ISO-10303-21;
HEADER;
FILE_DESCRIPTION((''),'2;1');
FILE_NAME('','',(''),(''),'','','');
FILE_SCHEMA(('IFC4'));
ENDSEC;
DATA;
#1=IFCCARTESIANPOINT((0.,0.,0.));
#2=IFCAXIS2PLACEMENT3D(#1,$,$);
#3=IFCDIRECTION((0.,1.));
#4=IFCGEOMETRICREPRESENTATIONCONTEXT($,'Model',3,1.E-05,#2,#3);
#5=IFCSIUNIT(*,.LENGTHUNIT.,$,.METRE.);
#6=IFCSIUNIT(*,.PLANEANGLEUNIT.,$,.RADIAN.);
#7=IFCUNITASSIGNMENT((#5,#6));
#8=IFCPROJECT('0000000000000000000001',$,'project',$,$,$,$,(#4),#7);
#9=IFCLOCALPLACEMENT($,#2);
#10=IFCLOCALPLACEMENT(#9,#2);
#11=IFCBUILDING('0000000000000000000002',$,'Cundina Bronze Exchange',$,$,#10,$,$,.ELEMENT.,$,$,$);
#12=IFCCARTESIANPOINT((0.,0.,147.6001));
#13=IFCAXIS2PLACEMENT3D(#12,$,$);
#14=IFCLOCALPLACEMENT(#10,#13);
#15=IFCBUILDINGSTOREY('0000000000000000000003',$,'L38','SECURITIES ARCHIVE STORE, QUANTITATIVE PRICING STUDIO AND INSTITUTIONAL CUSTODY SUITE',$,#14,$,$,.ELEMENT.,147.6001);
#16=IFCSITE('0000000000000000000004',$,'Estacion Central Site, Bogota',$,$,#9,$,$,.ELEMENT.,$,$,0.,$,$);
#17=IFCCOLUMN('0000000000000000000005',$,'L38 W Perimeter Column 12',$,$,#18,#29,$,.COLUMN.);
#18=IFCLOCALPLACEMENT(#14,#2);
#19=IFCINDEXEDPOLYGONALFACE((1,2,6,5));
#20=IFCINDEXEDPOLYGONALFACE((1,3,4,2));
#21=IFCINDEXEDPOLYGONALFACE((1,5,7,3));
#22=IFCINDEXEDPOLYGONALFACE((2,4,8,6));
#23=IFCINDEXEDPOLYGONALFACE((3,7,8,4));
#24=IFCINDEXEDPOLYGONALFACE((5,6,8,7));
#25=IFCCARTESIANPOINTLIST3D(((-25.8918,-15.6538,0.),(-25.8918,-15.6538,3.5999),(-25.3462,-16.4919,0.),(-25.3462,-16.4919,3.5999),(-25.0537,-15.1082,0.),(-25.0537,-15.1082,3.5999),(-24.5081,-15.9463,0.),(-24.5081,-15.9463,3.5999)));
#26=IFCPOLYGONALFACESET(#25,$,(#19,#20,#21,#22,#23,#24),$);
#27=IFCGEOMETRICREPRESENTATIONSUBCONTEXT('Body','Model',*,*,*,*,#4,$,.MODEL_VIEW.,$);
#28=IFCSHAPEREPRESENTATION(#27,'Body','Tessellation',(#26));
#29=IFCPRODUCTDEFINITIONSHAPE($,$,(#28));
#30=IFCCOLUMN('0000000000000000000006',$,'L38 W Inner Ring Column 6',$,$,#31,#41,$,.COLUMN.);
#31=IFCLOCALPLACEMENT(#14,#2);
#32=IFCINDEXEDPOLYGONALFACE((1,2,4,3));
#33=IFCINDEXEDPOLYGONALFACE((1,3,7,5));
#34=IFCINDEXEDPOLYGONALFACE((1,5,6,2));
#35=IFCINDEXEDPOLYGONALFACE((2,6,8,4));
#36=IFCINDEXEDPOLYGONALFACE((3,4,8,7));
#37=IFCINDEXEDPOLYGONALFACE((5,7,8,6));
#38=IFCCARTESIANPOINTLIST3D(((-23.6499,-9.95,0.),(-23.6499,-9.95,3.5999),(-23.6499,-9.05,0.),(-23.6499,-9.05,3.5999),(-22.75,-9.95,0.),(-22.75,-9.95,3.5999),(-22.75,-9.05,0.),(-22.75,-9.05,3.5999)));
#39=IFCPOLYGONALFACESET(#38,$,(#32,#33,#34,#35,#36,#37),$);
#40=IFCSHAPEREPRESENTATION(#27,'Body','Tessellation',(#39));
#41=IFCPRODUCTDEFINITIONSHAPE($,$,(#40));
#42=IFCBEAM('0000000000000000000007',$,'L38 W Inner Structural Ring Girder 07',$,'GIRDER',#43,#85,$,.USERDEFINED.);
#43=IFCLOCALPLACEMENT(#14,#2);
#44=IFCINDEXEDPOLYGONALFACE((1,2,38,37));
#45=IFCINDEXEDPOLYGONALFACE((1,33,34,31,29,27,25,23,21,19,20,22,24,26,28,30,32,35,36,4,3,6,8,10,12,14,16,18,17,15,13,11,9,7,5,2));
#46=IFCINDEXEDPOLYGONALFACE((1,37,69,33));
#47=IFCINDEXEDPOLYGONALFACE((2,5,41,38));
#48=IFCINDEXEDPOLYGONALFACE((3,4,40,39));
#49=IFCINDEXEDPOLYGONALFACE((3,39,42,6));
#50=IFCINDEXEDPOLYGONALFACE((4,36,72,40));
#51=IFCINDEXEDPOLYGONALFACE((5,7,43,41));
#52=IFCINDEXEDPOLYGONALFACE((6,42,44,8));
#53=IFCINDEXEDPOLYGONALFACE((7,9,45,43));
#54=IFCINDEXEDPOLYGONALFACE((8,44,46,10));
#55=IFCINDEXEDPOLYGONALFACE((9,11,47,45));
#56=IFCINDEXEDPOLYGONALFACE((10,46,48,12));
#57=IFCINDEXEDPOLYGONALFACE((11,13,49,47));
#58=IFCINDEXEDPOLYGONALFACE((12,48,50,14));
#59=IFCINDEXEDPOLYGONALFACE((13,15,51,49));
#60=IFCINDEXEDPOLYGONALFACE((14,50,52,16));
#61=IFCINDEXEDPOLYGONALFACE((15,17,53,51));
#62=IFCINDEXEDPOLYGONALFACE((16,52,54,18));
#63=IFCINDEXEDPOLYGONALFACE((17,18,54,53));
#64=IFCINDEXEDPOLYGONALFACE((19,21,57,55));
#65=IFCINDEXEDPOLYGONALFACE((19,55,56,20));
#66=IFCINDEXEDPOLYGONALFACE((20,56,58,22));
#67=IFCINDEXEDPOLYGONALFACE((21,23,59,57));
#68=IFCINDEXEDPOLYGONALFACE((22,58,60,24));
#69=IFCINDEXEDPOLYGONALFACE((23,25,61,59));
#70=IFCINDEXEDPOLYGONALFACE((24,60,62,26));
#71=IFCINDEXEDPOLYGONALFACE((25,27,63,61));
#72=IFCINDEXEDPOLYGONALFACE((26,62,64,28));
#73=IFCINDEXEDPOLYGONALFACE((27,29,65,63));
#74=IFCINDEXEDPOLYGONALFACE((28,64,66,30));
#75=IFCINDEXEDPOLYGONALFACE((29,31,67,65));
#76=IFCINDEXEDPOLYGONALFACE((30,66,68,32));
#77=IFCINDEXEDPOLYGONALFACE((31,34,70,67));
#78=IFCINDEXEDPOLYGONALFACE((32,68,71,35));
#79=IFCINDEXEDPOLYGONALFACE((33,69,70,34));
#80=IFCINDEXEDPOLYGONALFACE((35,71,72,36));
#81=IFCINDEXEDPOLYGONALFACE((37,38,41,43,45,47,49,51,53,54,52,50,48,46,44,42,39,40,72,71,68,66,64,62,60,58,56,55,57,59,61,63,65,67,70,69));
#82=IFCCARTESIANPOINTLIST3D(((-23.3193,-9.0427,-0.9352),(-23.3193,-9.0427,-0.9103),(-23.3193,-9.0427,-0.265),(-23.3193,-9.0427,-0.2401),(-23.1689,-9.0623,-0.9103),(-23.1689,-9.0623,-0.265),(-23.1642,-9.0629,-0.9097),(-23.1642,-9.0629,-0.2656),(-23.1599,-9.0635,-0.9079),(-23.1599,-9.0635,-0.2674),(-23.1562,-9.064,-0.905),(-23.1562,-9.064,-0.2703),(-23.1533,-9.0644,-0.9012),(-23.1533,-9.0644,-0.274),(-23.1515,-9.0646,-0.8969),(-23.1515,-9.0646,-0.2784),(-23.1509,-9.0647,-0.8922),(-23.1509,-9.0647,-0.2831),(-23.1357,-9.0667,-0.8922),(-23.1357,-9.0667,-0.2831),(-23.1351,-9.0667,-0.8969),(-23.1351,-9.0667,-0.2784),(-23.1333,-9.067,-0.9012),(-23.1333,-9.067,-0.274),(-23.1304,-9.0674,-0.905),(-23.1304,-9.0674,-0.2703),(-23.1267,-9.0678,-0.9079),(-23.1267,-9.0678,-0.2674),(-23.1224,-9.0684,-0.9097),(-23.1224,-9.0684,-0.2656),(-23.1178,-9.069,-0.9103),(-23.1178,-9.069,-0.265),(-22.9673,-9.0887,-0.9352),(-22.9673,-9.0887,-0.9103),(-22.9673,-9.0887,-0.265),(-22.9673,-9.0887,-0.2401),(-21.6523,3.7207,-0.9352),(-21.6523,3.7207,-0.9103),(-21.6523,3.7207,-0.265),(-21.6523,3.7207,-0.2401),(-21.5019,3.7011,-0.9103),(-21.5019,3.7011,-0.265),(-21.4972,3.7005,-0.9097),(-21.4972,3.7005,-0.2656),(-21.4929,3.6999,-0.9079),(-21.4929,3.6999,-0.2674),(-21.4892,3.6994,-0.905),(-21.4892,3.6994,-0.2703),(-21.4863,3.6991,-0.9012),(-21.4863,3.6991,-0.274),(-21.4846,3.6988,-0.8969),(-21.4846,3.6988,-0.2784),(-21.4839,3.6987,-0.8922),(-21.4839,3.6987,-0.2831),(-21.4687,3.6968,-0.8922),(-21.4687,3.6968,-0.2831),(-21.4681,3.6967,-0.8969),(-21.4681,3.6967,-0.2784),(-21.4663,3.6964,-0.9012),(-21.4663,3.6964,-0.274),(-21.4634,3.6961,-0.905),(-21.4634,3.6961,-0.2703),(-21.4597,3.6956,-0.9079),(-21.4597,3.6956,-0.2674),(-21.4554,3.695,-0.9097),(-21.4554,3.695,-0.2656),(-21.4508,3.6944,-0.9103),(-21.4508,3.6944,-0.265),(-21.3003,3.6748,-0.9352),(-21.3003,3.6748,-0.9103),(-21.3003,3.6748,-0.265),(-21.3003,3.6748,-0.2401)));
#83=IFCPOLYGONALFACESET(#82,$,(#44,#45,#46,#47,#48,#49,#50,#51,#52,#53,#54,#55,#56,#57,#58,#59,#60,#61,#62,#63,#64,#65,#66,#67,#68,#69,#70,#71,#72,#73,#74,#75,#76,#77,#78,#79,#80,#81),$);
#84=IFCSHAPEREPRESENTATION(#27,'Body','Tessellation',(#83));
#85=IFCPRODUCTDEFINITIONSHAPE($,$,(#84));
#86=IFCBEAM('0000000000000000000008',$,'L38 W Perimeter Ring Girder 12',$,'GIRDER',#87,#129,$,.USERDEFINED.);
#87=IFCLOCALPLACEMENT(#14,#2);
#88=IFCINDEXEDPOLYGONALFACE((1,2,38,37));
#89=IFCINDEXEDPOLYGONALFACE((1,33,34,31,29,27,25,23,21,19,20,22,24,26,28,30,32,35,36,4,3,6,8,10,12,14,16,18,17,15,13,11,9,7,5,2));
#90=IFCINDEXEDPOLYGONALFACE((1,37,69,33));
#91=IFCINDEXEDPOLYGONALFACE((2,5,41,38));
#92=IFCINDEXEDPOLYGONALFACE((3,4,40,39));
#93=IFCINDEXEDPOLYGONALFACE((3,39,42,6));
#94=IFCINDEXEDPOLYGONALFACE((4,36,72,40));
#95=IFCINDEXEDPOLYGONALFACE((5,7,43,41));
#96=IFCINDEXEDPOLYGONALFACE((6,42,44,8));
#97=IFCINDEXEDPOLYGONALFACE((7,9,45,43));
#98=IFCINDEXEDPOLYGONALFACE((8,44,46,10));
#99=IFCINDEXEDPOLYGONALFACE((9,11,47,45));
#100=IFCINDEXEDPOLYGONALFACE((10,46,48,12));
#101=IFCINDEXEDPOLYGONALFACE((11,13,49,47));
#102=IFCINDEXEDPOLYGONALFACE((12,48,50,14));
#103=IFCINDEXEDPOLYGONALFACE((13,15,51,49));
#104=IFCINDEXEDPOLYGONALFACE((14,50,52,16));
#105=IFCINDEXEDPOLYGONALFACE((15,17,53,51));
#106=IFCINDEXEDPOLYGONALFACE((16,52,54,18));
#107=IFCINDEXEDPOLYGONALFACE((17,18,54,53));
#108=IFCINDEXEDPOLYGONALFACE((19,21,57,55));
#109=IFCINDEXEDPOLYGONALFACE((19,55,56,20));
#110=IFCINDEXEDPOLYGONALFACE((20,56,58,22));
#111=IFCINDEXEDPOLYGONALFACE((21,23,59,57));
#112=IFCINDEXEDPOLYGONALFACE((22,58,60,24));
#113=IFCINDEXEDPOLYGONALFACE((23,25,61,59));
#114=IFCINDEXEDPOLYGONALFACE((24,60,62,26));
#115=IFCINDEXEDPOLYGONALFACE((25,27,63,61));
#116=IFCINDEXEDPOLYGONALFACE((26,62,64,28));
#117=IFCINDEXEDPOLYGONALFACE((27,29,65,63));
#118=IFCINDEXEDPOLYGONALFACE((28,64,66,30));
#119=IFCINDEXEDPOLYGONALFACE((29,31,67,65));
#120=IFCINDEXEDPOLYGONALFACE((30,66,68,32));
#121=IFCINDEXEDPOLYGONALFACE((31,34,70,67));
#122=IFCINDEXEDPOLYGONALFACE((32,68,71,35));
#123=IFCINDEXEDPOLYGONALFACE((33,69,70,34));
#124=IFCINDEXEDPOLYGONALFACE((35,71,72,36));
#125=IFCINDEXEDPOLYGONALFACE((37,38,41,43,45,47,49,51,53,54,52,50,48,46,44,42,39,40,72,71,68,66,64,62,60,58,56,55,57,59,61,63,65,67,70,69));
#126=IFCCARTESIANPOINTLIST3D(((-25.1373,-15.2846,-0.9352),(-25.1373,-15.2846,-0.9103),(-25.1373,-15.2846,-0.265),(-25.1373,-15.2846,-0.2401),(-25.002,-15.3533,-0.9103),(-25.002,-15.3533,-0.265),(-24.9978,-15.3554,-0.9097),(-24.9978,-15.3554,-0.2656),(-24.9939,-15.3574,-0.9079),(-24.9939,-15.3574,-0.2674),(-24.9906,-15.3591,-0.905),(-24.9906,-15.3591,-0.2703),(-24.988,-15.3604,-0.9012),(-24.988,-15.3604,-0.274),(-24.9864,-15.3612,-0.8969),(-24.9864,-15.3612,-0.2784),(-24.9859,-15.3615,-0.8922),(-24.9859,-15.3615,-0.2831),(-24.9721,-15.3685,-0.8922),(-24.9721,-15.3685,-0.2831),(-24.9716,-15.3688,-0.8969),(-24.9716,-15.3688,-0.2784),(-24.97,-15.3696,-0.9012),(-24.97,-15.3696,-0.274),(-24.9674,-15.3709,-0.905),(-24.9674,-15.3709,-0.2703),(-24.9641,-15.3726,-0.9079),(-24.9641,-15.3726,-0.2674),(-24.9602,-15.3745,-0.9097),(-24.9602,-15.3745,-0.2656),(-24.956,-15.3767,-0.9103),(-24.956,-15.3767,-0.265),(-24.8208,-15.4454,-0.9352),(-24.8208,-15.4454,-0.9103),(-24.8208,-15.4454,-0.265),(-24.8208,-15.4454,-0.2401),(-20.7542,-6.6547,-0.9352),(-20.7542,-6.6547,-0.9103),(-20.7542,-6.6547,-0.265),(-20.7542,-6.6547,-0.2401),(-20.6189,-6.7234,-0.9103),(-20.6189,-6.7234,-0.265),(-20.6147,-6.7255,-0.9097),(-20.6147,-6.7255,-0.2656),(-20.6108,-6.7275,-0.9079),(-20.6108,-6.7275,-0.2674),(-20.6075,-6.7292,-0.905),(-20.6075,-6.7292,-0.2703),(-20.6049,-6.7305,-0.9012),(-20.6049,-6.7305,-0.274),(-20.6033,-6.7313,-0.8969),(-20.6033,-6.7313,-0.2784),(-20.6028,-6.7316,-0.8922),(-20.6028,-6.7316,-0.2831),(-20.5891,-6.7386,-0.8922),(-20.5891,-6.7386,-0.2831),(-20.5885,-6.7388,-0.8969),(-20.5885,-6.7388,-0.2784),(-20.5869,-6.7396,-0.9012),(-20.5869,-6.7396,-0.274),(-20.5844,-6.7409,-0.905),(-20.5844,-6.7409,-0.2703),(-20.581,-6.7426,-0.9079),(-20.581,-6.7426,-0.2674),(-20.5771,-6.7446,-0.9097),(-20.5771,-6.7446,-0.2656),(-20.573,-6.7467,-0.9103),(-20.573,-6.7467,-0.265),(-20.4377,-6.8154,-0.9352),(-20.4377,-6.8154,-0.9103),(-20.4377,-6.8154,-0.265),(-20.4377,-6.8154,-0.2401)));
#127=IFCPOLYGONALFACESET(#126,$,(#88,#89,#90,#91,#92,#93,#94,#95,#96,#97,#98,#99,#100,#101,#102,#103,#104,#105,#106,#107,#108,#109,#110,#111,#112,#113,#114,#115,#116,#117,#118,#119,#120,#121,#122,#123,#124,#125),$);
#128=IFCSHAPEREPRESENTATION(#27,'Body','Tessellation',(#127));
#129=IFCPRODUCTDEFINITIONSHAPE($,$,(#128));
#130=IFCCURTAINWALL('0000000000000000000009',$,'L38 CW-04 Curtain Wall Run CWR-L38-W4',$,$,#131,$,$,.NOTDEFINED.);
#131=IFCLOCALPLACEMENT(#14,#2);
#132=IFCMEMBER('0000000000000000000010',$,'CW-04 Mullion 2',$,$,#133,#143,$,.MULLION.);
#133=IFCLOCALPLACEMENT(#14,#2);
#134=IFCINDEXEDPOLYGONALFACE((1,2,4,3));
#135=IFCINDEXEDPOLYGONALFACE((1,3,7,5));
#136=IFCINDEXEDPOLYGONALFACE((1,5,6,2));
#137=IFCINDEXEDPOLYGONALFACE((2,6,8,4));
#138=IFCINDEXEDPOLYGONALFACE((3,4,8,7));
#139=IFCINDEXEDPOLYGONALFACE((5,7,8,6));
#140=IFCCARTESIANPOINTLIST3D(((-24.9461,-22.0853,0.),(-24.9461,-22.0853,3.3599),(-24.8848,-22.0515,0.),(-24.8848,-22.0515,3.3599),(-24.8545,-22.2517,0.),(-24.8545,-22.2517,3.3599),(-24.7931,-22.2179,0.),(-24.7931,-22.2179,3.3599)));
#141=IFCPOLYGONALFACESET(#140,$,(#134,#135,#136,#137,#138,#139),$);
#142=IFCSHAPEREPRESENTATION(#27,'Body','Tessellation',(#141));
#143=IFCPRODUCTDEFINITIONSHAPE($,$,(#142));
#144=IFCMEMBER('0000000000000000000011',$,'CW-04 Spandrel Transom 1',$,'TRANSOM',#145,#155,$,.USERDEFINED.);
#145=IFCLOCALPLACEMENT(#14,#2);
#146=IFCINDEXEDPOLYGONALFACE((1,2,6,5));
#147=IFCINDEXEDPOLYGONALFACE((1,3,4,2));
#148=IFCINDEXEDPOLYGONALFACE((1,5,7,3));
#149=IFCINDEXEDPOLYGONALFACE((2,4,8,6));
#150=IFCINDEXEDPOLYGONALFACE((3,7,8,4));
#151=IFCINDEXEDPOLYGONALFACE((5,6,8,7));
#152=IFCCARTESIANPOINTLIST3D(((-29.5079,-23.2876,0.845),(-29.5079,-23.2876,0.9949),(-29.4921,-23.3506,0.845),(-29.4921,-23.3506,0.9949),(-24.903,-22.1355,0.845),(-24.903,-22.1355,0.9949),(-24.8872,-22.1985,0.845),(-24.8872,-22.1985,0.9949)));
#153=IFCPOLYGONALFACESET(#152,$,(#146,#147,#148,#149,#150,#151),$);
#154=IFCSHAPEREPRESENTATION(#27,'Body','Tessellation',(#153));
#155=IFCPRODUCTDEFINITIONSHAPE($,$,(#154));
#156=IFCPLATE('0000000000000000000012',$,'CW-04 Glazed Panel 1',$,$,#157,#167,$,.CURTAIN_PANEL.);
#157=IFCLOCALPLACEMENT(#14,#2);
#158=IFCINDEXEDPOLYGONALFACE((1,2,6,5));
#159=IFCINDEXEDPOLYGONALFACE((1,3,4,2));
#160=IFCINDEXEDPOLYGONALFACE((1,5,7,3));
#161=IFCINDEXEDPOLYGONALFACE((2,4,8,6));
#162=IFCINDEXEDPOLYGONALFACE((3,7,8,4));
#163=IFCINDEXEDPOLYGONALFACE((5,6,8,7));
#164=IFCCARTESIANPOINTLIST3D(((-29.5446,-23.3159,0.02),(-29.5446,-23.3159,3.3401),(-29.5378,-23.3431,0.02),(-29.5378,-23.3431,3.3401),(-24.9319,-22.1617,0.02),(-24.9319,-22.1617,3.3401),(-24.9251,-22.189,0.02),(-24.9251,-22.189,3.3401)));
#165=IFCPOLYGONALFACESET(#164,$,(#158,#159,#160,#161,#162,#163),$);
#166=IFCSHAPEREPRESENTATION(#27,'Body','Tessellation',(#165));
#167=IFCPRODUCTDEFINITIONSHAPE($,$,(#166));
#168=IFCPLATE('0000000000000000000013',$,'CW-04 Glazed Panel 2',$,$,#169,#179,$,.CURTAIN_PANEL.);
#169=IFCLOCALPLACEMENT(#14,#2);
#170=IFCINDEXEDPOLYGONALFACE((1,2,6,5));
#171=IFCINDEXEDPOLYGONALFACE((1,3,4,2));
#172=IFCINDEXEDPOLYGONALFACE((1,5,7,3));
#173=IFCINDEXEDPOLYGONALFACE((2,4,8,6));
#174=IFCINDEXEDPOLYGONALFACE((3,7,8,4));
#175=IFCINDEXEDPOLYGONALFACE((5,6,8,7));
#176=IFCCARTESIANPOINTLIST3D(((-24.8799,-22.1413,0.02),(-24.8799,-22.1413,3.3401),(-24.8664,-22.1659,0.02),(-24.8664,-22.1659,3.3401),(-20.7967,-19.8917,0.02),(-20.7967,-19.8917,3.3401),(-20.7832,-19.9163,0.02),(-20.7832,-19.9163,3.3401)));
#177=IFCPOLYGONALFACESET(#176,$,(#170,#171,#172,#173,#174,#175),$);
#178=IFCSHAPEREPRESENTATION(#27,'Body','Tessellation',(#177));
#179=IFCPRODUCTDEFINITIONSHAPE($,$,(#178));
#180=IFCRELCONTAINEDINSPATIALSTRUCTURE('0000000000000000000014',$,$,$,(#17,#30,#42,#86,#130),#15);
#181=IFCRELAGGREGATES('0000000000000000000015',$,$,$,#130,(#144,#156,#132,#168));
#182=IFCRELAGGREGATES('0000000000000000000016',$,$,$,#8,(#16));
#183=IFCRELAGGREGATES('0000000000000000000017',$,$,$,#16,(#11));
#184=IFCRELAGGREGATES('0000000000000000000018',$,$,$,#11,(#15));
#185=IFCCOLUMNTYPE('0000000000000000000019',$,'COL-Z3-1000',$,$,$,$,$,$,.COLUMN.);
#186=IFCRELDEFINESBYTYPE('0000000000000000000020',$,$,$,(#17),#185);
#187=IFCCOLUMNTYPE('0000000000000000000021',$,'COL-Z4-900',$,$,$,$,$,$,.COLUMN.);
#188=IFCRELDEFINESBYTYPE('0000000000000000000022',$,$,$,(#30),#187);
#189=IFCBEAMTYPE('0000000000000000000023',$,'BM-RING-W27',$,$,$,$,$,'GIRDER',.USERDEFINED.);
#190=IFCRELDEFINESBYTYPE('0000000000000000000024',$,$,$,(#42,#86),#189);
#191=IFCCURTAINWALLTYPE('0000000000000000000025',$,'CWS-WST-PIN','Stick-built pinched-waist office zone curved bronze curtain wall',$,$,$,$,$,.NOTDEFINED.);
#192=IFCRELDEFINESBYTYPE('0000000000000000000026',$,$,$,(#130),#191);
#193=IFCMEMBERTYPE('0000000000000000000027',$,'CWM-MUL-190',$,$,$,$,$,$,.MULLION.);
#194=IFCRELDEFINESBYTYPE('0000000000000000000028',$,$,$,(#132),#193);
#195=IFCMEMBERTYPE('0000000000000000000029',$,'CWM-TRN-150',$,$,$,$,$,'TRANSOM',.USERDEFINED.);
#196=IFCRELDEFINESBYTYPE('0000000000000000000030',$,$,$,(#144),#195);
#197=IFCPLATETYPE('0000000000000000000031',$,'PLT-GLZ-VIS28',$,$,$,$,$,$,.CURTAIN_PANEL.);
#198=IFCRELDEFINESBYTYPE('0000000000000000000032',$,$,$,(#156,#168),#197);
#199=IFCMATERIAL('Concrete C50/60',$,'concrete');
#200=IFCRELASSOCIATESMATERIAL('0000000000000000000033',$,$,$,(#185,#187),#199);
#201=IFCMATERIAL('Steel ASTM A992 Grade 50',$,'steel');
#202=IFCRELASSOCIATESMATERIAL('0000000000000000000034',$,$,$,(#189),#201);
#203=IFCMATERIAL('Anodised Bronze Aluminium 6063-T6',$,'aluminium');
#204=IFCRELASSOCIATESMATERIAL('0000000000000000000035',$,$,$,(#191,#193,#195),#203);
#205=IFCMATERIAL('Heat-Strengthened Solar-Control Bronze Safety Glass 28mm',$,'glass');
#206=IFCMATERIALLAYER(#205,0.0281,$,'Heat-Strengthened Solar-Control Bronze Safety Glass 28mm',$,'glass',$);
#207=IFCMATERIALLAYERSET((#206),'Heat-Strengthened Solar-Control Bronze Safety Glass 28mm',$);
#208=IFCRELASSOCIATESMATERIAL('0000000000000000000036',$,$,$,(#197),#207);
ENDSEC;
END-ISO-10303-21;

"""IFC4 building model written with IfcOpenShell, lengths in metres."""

from ifc_helpers import new_model, si_unit, direction, frame, origin, origin_2d, place, context, subcontext, project, spatial, rectangle, i_section, extrude, material, layer, layer_set, material_profile, profile_set, type_object, element, aggregate, save


model = new_model("IFC4")

# Units and contexts
model_context = context("Model", 3, precision=1e-05, world=origin(), true_north=direction((0.0, 1.0)))
body_context = subcontext(model_context, "Body", "Model", "MODEL_VIEW")
ifc_project = project(units=[si_unit("LENGTHUNIT", "METRE"), si_unit("PLANEANGLEUNIT", "RADIAN")], contexts=[model_context])

# Site, building, storey
site_placement = place(None, origin())
site = spatial("IfcSite", under=ifc_project, at=site_placement, Name="Estacion Central Site, Bogota", CompositionType="ELEMENT", RefElevation=0.0)
building_placement = place(site_placement, origin())
building = spatial("IfcBuilding", under=site, at=building_placement, Name="Cundina Bronze Exchange", CompositionType="ELEMENT")
storey_placement = place(building_placement, frame((0.0, 0.0, 147.6001)))
storey = spatial("IfcBuildingStorey", under=building, at=storey_placement, Name="L38", Description="SECURITIES ARCHIVE STORE, QUANTITATIVE PRICING STUDIO AND INSTITUTIONAL CUSTODY SUITE", CompositionType="ELEMENT", Elevation=147.6001)

# Columns
ifc_material_1 = material(Name="Concrete C50/60", Category="concrete")
ifc_material_profile_1 = material_profile(ifc_material_1, rectangle(XDim=1.0, YDim=1.0, at=origin_2d()), Name="RC1000X1000", Category="concrete")
ifc_profile_set_1 = profile_set([ifc_material_profile_1], Name="Concrete C50/60")
column_type_1 = type_object("IfcColumnType", Name="COL-Z3-1000", PredefinedType="COLUMN", material=ifc_profile_set_1)
column_1_placement = place(storey_placement, frame((-25.2, -15.8, 0.0), z_axis=(0.0, 0.0, 1.0), x_axis=(0.8381, 0.545517, 0.0)))
element("IfcColumn", 1, at=column_1_placement, inside=storey, type_object=column_type_1, Name="L38 W Perimeter Column 12", PredefinedType="COLUMN", context=body_context, shape_type="SweptSolid", body=[
    extrude(rectangle(XDim=1.0, YDim=1.0, at=origin_2d()), origin(), (0.0, 0.0, 1.0), 3.5999),
])
ifc_material_profile_2 = material_profile(ifc_material_1, rectangle(XDim=0.8999, YDim=0.8999, at=origin_2d()), Name="RC900X900", Category="concrete")
ifc_profile_set_2 = profile_set([ifc_material_profile_2], Name="Concrete C50/60")
column_type_2 = type_object("IfcColumnType", Name="COL-Z4-900", PredefinedType="COLUMN", material=ifc_profile_set_2)
column_2_placement = place(storey_placement, frame((-23.2, -9.5, 0.0), z_axis=(0.0, 0.0, 1.0), x_axis=(1.0, 0.0, 0.0)))
element("IfcColumn", 2, at=column_2_placement, inside=storey, type_object=column_type_2, Name="L38 W Inner Ring Column 6", PredefinedType="COLUMN", context=body_context, shape_type="SweptSolid", body=[
    extrude(rectangle(XDim=0.8999, YDim=0.8999, at=origin_2d()), origin(), (0.0, 0.0, 1.0), 3.5999),
])

# Beams
ifc_material_2 = material(Name="Steel ASTM A992 Grade 50", Category="steel")
ifc_material_profile_3 = material_profile(ifc_material_2, i_section(OverallWidth=0.355, OverallDepth=0.6951, WebThickness=0.0154, FlangeThickness=0.0249, FilletRadius=0.0181, at=origin_2d()), Name="W27X146", Category="steel")
ifc_profile_set_3 = profile_set([ifc_material_profile_3], Name="Steel ASTM A992 Grade 50")
beam_type = type_object("IfcBeamType", Name="BM-RING-W27", ElementType="GIRDER", PredefinedType="USERDEFINED", material=ifc_profile_set_3)
beam_1_placement = place(storey_placement, frame((-23.1433, -9.0657, -0.5876), z_axis=(0.129507, 0.991579, 0.0), x_axis=(-0.991579, 0.129507, 0.0)))
element("IfcBeam", 3, at=beam_1_placement, inside=storey, type_object=beam_type, Name="L38 W Inner Structural Ring Girder 07", ObjectType="GIRDER", PredefinedType="USERDEFINED", context=body_context, shape_type="SweptSolid", body=[
    extrude(i_section(OverallWidth=0.355, OverallDepth=0.6951, WebThickness=0.0154, FlangeThickness=0.0249, FilletRadius=0.0181, at=origin_2d()), origin(), (0.0, 0.0, 1.0), 12.8718),
])
beam_2_placement = place(storey_placement, frame((-24.979, -15.365, -0.5876), z_axis=(0.452835, 0.891595, 0.0), x_axis=(-0.891595, 0.452835, 0.0)))
element("IfcBeam", 4, at=beam_2_placement, inside=storey, type_object=beam_type, Name="L38 W Perimeter Ring Girder 12", ObjectType="GIRDER", PredefinedType="USERDEFINED", context=body_context, shape_type="SweptSolid", body=[
    extrude(i_section(OverallWidth=0.355, OverallDepth=0.6951, WebThickness=0.0154, FlangeThickness=0.0249, FilletRadius=0.0181, at=origin_2d()), origin(), (0.0, 0.0, 1.0), 9.6792),
])

# Curtain wall, members, plates
ifc_material_3 = material(Name="Anodised Bronze Aluminium 6063-T6", Category="aluminium")
curtain_wall_type = type_object("IfcCurtainWallType", Name="CWS-WST-PIN", Description="Stick-built pinched-waist office zone curved bronze curtain wall", PredefinedType="NOTDEFINED", material=ifc_material_3)
curtain_wall_placement = place(storey_placement, origin())
curtain_wall = element("IfcCurtainWall", 5, at=curtain_wall_placement, inside=storey, type_object=curtain_wall_type, Name="L38 CW-04 Curtain Wall Run CWR-L38-W4", PredefinedType="NOTDEFINED")
ifc_material_profile_4 = material_profile(ifc_material_3, rectangle(XDim=0.0701, YDim=0.1899, at=origin_2d()), Name="AL70X190", Category="aluminium")
ifc_profile_set_4 = profile_set([ifc_material_profile_4], Name="Anodised Bronze Aluminium 6063-T6")
member_type_1 = type_object("IfcMemberType", Name="CWM-MUL-190", PredefinedType="MULLION", material=ifc_profile_set_4)
member_1_placement = place(storey_placement, frame((-24.8696, -22.1516, 0.0), z_axis=(0.0, 0.0, 1.0), x_axis=(0.875886, 0.482518, 0.0)))
member_1 = element("IfcMember", 6, at=member_1_placement, type_object=member_type_1, Name="CW-04 Mullion 2", PredefinedType="MULLION", context=body_context, shape_type="SweptSolid", body=[
    extrude(rectangle(XDim=0.0701, YDim=0.1899, at=origin_2d()), origin(), (0.0, 0.0, 1.0), 3.3599),
])
ifc_material_profile_5 = material_profile(ifc_material_3, rectangle(XDim=0.0649, YDim=0.1499, at=origin_2d()), Name="AL65X150", Category="aluminium")
ifc_profile_set_5 = profile_set([ifc_material_profile_5], Name="Anodised Bronze Aluminium 6063-T6")
member_type_2 = type_object("IfcMemberType", Name="CWM-TRN-150", ElementType="TRANSOM", PredefinedType="USERDEFINED", material=ifc_profile_set_5)
member_2_placement = place(storey_placement, frame((-29.5, -23.3191, 0.9199), z_axis=(0.9701, 0.242705, 0.0), x_axis=(-0.242705, 0.9701, 0.0)))
member_2 = element("IfcMember", 7, at=member_2_placement, type_object=member_type_2, Name="CW-04 Spandrel Transom 1", ObjectType="TRANSOM", PredefinedType="USERDEFINED", context=body_context, shape_type="SweptSolid", body=[
    extrude(rectangle(XDim=0.0649, YDim=0.1499, at=origin_2d()), origin(), (0.0, 0.0, 1.0), 4.7468),
])
ifc_material_4 = material(Name="Heat-Strengthened Solar-Control Bronze Safety Glass 28mm", Category="glass")
ifc_layer_1 = layer(ifc_material_4, 0.0281, Name="Heat-Strengthened Solar-Control Bronze Safety Glass 28mm", Category="glass")
ifc_layer_set_1 = layer_set([ifc_layer_1], Name="Heat-Strengthened Solar-Control Bronze Safety Glass 28mm")
plate_type = type_object("IfcPlateType", Name="PLT-GLZ-VIS28", PredefinedType="CURTAIN_PANEL", material=ifc_layer_set_1)
plate_1_placement = place(storey_placement, frame((-27.2349, -22.7524, 0.02), z_axis=(0.0, 0.0, 1.0), x_axis=(0.970093, 0.242735, 0.0)))
plate_1 = element("IfcPlate", 8, at=plate_1_placement, type_object=plate_type, Name="CW-04 Glazed Panel 1", PredefinedType="CURTAIN_PANEL", context=body_context, shape_type="SweptSolid", body=[
    extrude(rectangle(XDim=4.7549, YDim=0.0281, at=origin_2d()), origin(), (0.0, 0.0, 1.0), 3.3201),
])
plate_2_placement = place(storey_placement, frame((-22.8315, -21.0288, 0.02), z_axis=(0.0, 0.0, 1.0), x_axis=(0.875869, 0.482549, 0.0)))
plate_2 = element("IfcPlate", 9, at=plate_2_placement, type_object=plate_type, Name="CW-04 Glazed Panel 2", PredefinedType="CURTAIN_PANEL", context=body_context, shape_type="SweptSolid", body=[
    extrude(rectangle(XDim=4.6619, YDim=0.0281, at=origin_2d()), origin(), (0.0, 0.0, 1.0), 3.3201),
])
aggregate(curtain_wall, [member_2, plate_1, member_1, plate_2])

save(model, "model.ifc")
